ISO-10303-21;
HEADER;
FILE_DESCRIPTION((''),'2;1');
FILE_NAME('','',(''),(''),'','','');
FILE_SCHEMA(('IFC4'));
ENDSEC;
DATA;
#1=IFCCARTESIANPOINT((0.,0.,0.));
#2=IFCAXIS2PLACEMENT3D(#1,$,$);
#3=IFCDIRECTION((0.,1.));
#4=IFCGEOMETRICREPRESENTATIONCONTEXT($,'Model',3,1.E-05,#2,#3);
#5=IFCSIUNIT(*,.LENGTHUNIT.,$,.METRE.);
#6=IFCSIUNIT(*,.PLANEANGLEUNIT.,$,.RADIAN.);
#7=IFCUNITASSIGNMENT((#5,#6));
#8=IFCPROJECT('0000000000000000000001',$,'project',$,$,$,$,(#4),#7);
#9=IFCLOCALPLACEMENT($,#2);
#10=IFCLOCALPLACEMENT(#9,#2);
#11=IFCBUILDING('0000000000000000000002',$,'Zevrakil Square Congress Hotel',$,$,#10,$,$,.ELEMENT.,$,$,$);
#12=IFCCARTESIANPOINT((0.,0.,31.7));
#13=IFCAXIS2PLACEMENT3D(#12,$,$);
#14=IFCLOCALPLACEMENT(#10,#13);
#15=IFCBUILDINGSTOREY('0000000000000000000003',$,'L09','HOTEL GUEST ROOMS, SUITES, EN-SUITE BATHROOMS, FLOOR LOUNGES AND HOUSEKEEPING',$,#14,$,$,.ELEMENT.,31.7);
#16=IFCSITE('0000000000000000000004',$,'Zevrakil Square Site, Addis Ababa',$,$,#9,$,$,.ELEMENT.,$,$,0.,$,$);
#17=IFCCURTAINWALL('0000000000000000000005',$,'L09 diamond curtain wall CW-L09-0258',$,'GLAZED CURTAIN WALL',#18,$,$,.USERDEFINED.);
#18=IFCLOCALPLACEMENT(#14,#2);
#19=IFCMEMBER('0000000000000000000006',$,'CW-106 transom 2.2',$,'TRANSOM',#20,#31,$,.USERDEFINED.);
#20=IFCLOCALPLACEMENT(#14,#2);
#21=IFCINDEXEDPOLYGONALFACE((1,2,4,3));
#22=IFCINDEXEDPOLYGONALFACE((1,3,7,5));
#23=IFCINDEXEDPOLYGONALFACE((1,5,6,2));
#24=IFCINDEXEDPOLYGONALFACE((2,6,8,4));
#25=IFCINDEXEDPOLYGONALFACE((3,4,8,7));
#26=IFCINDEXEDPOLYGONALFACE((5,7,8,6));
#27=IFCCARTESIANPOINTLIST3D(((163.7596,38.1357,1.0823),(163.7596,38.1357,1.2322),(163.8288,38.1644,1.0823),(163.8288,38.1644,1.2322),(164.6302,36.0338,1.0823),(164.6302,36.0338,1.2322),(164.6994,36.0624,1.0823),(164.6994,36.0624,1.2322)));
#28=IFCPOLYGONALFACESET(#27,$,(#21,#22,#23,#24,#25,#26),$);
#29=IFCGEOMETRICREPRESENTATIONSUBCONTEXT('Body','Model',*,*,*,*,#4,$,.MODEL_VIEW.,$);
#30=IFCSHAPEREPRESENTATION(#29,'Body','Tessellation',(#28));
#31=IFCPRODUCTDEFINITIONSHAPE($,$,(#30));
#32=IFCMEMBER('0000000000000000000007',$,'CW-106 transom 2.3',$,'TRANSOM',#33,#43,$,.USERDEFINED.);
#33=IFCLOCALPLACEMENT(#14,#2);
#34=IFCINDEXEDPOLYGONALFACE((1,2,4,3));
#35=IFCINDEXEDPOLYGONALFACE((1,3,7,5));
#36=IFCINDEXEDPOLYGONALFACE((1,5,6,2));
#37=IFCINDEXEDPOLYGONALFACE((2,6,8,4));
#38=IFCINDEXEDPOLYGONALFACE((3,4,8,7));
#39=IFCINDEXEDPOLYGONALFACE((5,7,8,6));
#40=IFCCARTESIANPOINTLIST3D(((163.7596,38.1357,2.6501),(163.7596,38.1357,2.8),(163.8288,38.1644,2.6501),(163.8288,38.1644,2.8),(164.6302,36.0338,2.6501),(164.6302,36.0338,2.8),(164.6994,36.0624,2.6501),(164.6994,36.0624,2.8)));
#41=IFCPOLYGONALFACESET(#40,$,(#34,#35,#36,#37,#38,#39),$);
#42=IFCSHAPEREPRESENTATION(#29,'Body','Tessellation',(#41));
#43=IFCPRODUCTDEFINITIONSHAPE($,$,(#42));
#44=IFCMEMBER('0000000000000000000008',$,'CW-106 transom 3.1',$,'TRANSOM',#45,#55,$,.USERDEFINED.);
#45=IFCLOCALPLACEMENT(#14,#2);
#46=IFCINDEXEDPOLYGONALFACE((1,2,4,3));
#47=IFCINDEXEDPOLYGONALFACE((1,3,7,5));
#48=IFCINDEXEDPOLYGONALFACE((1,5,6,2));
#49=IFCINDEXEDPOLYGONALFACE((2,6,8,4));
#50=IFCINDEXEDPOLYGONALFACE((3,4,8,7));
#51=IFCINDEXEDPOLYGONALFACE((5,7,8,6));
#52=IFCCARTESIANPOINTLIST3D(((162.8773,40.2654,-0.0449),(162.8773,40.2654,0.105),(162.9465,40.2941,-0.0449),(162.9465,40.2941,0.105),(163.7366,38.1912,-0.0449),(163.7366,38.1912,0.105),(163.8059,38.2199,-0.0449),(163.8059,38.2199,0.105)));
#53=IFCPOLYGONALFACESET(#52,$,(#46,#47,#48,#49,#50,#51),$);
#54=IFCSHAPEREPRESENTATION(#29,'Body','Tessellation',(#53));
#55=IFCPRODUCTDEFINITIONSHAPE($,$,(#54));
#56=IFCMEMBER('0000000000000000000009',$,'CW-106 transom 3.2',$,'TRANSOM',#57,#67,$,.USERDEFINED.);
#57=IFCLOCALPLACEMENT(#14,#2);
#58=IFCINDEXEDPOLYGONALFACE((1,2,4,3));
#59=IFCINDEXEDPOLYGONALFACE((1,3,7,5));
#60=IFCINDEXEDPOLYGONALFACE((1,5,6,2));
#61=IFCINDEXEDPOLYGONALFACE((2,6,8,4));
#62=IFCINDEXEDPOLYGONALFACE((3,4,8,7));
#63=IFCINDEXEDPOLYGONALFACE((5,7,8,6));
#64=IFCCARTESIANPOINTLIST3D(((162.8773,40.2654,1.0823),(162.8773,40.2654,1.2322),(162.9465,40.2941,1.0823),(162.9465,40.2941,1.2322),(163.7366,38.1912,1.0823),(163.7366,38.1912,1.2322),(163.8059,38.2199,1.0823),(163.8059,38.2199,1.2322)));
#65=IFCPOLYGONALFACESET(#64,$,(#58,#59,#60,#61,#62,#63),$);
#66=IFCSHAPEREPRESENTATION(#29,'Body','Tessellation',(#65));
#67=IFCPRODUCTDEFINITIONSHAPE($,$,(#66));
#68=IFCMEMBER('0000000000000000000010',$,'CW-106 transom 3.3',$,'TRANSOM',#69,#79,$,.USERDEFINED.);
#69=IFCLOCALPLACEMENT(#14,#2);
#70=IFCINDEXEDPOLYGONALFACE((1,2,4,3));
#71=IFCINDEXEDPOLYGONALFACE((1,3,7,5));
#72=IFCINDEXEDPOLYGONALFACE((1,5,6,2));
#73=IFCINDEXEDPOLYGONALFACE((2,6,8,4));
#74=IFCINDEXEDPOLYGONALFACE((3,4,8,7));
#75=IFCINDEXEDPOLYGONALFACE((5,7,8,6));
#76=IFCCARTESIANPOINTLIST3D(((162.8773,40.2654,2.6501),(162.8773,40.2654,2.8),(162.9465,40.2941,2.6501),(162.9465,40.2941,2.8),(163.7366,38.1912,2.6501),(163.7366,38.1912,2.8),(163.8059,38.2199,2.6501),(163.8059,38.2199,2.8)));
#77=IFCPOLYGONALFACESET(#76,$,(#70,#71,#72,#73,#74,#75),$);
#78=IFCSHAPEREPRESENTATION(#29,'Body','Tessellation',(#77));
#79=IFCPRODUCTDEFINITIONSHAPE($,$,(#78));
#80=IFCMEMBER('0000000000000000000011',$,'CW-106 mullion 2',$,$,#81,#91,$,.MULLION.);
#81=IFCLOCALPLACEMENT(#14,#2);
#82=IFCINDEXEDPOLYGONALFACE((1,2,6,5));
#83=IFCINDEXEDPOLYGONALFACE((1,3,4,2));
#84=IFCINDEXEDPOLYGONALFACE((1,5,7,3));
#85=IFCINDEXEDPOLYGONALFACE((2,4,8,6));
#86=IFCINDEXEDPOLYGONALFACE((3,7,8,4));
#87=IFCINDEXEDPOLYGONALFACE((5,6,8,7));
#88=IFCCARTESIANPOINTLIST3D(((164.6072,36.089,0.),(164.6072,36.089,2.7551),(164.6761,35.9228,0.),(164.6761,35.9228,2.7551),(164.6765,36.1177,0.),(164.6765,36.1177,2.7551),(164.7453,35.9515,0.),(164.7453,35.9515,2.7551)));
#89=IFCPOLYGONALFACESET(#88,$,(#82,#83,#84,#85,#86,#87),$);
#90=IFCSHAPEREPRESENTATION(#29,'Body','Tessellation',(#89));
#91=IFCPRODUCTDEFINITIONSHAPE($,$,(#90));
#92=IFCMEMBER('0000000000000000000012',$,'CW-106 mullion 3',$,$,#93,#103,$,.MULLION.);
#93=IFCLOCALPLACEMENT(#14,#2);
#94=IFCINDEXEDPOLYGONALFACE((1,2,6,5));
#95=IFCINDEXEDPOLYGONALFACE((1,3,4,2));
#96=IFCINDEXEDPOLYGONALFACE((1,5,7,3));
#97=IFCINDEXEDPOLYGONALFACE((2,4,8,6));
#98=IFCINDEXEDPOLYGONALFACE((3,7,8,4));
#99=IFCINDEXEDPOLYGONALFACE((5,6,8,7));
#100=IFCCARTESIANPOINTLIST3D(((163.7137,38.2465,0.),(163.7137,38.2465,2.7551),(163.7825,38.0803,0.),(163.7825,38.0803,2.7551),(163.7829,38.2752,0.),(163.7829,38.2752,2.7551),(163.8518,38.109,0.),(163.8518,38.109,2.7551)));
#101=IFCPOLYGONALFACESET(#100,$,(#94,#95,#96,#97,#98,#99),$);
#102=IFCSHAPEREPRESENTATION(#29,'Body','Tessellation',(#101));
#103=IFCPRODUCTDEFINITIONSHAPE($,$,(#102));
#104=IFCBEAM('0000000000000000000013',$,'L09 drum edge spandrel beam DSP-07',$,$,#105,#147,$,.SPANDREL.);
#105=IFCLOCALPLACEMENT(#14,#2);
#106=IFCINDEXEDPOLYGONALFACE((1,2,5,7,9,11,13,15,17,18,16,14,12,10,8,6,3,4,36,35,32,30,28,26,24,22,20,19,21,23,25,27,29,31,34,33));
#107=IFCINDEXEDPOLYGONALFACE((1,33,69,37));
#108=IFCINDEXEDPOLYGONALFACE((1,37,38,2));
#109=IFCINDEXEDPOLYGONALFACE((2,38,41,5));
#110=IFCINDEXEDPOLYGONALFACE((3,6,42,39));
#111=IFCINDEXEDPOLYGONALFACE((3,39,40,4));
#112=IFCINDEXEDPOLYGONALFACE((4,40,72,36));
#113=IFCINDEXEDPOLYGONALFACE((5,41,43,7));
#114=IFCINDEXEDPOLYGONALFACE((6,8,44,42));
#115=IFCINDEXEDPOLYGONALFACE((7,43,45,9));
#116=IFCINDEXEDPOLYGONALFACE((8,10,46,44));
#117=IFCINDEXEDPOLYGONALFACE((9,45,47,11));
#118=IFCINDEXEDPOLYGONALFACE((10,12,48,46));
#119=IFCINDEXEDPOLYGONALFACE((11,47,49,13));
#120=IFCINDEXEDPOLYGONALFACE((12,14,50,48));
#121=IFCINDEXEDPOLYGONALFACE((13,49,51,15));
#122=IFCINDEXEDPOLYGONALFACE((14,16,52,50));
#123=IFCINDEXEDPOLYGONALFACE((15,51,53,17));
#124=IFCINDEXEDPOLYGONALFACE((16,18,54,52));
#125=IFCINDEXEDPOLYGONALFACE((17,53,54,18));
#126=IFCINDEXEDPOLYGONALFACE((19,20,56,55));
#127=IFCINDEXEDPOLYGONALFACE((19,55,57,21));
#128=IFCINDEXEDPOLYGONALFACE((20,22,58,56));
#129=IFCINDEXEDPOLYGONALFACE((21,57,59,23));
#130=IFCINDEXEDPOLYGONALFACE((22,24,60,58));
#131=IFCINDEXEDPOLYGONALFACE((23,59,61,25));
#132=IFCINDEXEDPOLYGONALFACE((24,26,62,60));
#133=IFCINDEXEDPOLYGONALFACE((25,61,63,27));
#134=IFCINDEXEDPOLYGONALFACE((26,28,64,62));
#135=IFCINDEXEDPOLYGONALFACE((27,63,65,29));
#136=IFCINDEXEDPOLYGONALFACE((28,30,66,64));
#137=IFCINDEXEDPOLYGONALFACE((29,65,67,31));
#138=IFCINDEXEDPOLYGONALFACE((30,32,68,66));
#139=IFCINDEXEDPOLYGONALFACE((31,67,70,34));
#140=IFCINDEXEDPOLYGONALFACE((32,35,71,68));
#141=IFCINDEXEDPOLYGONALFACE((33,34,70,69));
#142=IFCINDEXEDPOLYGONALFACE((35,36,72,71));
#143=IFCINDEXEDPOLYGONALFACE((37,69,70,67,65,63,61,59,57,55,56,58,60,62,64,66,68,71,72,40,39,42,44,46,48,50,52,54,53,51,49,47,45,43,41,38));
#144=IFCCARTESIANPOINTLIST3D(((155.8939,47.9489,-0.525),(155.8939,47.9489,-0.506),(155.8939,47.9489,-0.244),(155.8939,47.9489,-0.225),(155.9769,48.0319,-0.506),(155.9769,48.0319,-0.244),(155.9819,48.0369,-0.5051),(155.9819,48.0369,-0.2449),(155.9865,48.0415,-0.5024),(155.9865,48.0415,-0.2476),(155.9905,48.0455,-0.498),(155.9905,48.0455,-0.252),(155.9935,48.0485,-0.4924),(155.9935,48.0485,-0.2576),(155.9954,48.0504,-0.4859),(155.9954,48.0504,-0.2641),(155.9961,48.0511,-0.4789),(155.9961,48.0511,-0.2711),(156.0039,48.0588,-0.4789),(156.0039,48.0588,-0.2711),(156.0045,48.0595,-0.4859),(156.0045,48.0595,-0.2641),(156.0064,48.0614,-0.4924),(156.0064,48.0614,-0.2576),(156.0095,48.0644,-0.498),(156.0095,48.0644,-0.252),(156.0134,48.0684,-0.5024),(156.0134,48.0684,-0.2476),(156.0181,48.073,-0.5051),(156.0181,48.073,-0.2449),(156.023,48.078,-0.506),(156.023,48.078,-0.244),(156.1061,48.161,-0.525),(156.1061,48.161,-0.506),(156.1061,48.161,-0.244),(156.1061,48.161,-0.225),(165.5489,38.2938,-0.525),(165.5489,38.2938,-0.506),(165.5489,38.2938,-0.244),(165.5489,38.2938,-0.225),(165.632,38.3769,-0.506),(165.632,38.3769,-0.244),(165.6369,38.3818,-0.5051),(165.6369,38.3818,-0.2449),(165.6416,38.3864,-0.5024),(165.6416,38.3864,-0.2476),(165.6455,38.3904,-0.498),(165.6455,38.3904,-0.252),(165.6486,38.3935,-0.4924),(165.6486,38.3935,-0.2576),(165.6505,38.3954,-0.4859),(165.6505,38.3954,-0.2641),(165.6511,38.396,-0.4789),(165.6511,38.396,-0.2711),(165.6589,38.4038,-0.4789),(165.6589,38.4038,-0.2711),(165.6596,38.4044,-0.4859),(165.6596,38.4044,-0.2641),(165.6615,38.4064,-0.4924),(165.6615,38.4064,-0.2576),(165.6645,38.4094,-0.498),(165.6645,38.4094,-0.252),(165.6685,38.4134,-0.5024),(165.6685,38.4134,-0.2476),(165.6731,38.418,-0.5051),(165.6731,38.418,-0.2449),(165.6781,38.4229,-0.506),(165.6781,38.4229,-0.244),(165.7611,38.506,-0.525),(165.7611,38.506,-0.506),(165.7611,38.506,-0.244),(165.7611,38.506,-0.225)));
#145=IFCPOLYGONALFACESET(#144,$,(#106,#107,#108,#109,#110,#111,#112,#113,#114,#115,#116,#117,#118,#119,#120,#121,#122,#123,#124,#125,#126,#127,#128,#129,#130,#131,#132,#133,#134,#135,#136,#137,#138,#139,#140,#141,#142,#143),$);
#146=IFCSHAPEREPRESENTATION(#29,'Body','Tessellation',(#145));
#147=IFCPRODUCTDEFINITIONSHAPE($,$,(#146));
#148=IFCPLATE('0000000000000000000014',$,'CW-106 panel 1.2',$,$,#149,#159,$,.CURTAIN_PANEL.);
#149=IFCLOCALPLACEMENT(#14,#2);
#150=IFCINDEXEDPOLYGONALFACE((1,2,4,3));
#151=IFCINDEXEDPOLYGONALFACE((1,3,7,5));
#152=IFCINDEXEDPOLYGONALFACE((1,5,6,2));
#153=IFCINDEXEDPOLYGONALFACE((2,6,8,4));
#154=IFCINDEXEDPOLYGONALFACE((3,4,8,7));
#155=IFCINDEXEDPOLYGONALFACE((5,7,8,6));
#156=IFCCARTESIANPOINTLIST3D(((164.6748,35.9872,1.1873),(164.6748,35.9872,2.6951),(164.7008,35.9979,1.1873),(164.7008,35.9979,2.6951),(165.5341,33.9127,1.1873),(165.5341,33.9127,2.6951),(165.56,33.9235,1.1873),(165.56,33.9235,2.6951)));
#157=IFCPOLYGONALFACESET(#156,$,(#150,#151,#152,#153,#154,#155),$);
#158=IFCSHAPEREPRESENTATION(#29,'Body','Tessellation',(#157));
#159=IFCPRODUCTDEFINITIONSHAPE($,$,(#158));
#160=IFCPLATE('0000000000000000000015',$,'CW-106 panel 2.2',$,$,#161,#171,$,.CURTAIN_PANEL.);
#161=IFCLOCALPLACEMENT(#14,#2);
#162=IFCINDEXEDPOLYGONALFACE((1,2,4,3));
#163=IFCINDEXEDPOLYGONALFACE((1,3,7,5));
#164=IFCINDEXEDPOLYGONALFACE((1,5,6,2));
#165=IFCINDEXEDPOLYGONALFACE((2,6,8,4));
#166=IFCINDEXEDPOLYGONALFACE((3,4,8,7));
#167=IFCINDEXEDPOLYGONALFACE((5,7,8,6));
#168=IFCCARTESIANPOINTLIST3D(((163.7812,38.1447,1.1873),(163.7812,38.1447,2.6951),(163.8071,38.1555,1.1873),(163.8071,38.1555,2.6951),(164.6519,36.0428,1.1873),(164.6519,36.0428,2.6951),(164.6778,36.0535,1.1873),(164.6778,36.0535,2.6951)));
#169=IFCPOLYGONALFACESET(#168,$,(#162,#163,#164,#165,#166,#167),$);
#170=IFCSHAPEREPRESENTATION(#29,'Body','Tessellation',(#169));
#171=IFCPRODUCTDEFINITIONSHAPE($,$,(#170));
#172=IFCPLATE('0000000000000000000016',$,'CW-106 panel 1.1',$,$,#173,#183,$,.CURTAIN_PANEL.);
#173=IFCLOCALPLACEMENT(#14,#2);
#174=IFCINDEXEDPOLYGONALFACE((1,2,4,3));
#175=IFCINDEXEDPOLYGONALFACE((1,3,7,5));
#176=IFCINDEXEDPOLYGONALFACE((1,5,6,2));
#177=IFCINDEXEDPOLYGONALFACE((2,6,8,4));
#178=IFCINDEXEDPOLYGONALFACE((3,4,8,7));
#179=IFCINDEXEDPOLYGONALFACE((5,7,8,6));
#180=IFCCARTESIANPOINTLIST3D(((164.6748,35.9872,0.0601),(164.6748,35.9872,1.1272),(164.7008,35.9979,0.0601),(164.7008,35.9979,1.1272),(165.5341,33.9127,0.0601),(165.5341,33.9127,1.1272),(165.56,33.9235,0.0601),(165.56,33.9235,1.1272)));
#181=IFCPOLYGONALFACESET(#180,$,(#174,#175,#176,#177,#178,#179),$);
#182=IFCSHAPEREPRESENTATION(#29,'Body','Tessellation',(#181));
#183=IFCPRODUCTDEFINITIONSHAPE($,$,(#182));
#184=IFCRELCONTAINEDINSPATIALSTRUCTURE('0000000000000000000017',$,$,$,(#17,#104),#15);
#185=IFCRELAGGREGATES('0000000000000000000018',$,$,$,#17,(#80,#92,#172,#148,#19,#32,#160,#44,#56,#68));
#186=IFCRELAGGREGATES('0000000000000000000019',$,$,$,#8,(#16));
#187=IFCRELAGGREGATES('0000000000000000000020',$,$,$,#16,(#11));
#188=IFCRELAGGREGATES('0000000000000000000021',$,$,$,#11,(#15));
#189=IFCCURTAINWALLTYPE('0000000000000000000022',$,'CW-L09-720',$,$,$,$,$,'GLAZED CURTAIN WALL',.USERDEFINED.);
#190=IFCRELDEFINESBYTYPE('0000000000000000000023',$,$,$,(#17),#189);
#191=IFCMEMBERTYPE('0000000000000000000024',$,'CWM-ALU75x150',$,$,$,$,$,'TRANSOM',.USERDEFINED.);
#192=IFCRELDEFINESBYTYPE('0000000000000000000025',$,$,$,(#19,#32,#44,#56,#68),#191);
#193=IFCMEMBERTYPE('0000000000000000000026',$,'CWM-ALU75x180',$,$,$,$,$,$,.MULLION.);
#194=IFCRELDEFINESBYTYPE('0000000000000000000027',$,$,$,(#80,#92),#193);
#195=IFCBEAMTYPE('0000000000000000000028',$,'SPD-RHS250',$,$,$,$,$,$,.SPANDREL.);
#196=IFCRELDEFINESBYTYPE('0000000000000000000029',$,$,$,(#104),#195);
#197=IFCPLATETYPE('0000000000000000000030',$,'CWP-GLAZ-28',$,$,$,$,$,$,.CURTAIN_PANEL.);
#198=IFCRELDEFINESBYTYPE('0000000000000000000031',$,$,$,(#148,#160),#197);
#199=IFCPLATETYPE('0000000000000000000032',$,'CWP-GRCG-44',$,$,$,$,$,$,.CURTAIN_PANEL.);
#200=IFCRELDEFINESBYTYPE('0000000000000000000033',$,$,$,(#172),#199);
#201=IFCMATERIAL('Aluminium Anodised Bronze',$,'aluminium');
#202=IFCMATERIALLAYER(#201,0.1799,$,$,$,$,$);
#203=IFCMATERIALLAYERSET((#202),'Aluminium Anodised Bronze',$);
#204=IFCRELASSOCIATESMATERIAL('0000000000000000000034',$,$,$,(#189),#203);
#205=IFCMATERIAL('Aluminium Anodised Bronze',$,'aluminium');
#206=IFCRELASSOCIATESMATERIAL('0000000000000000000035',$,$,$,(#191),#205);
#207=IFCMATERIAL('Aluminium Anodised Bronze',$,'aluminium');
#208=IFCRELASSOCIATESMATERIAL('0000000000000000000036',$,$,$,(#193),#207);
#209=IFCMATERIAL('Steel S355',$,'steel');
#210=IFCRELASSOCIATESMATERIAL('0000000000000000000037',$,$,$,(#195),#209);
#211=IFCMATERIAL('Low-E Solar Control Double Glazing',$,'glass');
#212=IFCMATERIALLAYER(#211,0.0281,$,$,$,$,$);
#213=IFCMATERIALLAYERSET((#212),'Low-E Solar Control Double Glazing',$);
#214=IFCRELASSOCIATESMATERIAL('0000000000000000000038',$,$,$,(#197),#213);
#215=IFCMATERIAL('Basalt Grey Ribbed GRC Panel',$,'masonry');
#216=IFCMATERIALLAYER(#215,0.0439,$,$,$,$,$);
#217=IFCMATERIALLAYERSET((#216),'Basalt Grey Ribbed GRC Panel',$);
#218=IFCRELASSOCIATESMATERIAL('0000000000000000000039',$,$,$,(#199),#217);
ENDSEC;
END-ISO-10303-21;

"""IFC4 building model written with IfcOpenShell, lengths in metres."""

from ifc_helpers import new_model, si_unit, direction, frame, origin, origin_2d, place, context, subcontext, project, spatial, rectangle, i_section, extrude, material, layer, layer_set, material_profile, profile_set, type_object, element, aggregate, save


model = new_model("IFC4")

# Units and contexts
model_context = context("Model", 3, precision=1e-05, world=origin(), true_north=direction((0.0, 1.0)))
body_context = subcontext(model_context, "Body", "Model", "MODEL_VIEW")
ifc_project = project(units=[si_unit("LENGTHUNIT", "METRE"), si_unit("PLANEANGLEUNIT", "RADIAN")], contexts=[model_context])

# Site, building, storey
site_placement = place(None, origin())
site = spatial("IfcSite", under=ifc_project, at=site_placement, Name="Zevrakil Square Site, Addis Ababa", CompositionType="ELEMENT", RefElevation=0.0)
building_placement = place(site_placement, origin())
building = spatial("IfcBuilding", under=site, at=building_placement, Name="Zevrakil Square Congress Hotel", CompositionType="ELEMENT")
storey_placement = place(building_placement, frame((0.0, 0.0, 31.7)))
storey = spatial("IfcBuildingStorey", under=building, at=storey_placement, Name="L09", Description="HOTEL GUEST ROOMS, SUITES, EN-SUITE BATHROOMS, FLOOR LOUNGES AND HOUSEKEEPING", CompositionType="ELEMENT", Elevation=31.7)

# Curtain wall, members
ifc_material_1 = material(Name="Aluminium Anodised Bronze", Category="aluminium")
ifc_layer_1 = layer(ifc_material_1, 0.1799)
ifc_layer_set_1 = layer_set([ifc_layer_1], Name="Aluminium Anodised Bronze")
curtain_wall_type = type_object("IfcCurtainWallType", Name="CW-L09-720", ElementType="GLAZED CURTAIN WALL", PredefinedType="USERDEFINED", material=ifc_layer_set_1)
curtain_wall_placement = place(storey_placement, origin())
curtain_wall = element("IfcCurtainWall", 1, at=curtain_wall_placement, inside=storey, type_object=curtain_wall_type, Name="L09 diamond curtain wall CW-L09-0258", ObjectType="GLAZED CURTAIN WALL", PredefinedType="USERDEFINED")
ifc_material_2 = material(Name="Aluminium Anodised Bronze", Category="aluminium")
ifc_material_profile_1 = material_profile(ifc_material_2, rectangle(XDim=0.075, YDim=0.1499, at=origin_2d()), Name="ALU 75x150")
ifc_profile_set_1 = profile_set([ifc_material_profile_1], Name="Aluminium Anodised Bronze")
member_type_1 = type_object("IfcMemberType", Name="CWM-ALU75x150", ElementType="TRANSOM", PredefinedType="USERDEFINED", material=ifc_profile_set_1)
member_1_placement = place(storey_placement, frame((164.6648, 36.0481, 1.1572), z_axis=(-0.382649, 0.923894, 0.0), x_axis=(-0.923894, -0.382649, 0.0)))
member_1 = element("IfcMember", 2, at=member_1_placement, type_object=member_type_1, Name="CW-106 transom 2.2", ObjectType="TRANSOM", PredefinedType="USERDEFINED", context=body_context, shape_type="SweptSolid", body=[
    extrude(rectangle(XDim=0.075, YDim=0.1499, at=origin_2d()), origin(), (0.0, 0.0, 1.0), 2.2751),
])
member_2_placement = place(storey_placement, frame((164.6648, 36.0481, 2.7251), z_axis=(-0.382649, 0.923894, 0.0), x_axis=(-0.923894, -0.382649, 0.0)))
member_2 = element("IfcMember", 3, at=member_2_placement, type_object=member_type_1, Name="CW-106 transom 2.3", ObjectType="TRANSOM", PredefinedType="USERDEFINED", context=body_context, shape_type="SweptSolid", body=[
    extrude(rectangle(XDim=0.075, YDim=0.1499, at=origin_2d()), origin(), (0.0, 0.0, 1.0), 2.2751),
])
member_3_placement = place(storey_placement, frame((163.7712, 38.2056, 0.03), z_axis=(-0.382762, 0.923847, 0.0), x_axis=(-0.923847, -0.382762, 0.0)))
member_3 = element("IfcMember", 4, at=member_3_placement, type_object=member_type_1, Name="CW-106 transom 3.1", ObjectType="TRANSOM", PredefinedType="USERDEFINED", context=body_context, shape_type="SweptSolid", body=[
    extrude(rectangle(XDim=0.075, YDim=0.1499, at=origin_2d()), origin(), (0.0, 0.0, 1.0), 2.2451),
])
member_4_placement = place(storey_placement, frame((163.7712, 38.2056, 1.1572), z_axis=(-0.382762, 0.923847, 0.0), x_axis=(-0.923847, -0.382762, 0.0)))
member_4 = element("IfcMember", 5, at=member_4_placement, type_object=member_type_1, Name="CW-106 transom 3.2", ObjectType="TRANSOM", PredefinedType="USERDEFINED", context=body_context, shape_type="SweptSolid", body=[
    extrude(rectangle(XDim=0.075, YDim=0.1499, at=origin_2d()), origin(), (0.0, 0.0, 1.0), 2.2451),
])
member_5_placement = place(storey_placement, frame((163.7712, 38.2056, 2.7251), z_axis=(-0.382762, 0.923847, 0.0), x_axis=(-0.923847, -0.382762, 0.0)))
member_5 = element("IfcMember", 6, at=member_5_placement, type_object=member_type_1, Name="CW-106 transom 3.3", ObjectType="TRANSOM", PredefinedType="USERDEFINED", context=body_context, shape_type="SweptSolid", body=[
    extrude(rectangle(XDim=0.075, YDim=0.1499, at=origin_2d()), origin(), (0.0, 0.0, 1.0), 2.2451),
])
ifc_material_3 = material(Name="Aluminium Anodised Bronze", Category="aluminium")
ifc_material_profile_2 = material_profile(ifc_material_3, rectangle(XDim=0.075, YDim=0.1799, at=origin_2d()), Name="ALU 75x180")
ifc_profile_set_2 = profile_set([ifc_material_profile_2], Name="Aluminium Anodised Bronze")
member_type_2 = type_object("IfcMemberType", Name="CWM-ALU75x180", PredefinedType="MULLION", material=ifc_profile_set_2)
member_6_placement = place(storey_placement, frame((164.6763, 36.0203, 0.0), z_axis=(0.0, 0.0, 1.0), x_axis=(-0.923879, -0.382684, 0.0)))
member_6 = element("IfcMember", 7, at=member_6_placement, type_object=member_type_2, Name="CW-106 mullion 2", PredefinedType="MULLION", context=body_context, shape_type="SweptSolid", body=[
    extrude(rectangle(XDim=0.075, YDim=0.1799, at=origin_2d()), origin(), (0.0, 0.0, 1.0), 2.7551),
])
member_7_placement = place(storey_placement, frame((163.7827, 38.1777, 0.0), z_axis=(0.0, 0.0, 1.0), x_axis=(-0.923879, -0.382684, 0.0)))
member_7 = element("IfcMember", 8, at=member_7_placement, type_object=member_type_2, Name="CW-106 mullion 3", PredefinedType="MULLION", context=body_context, shape_type="SweptSolid", body=[
    extrude(rectangle(XDim=0.075, YDim=0.1799, at=origin_2d()), origin(), (0.0, 0.0, 1.0), 2.7551),
])

# Beam
ifc_material_4 = material(Name="Steel S355", Category="steel")
ifc_material_profile_3 = material_profile(ifc_material_4, i_section(OverallWidth=0.3, OverallDepth=0.3, WebThickness=0.011, FlangeThickness=0.019, FilletRadius=0.0271, at=origin_2d()), Name="HEB 300")
ifc_profile_set_3 = profile_set([ifc_material_profile_3], Name="Steel S355")
beam_type_1 = type_object("IfcBeamType", Name="SPD-RHS250", PredefinedType="SPANDREL", material=ifc_profile_set_3)
beam_1_placement = place(storey_placement, frame((165.655, 38.3999, -0.375), z_axis=(-0.707107, 0.707107, 0.0), x_axis=(-0.707107, -0.707107, 0.0)))
element("IfcBeam", 9, at=beam_1_placement, inside=storey, type_object=beam_type_1, Name="L09 drum edge spandrel beam DSP-07", PredefinedType="SPANDREL", context=body_context, shape_type="SweptSolid", body=[
    extrude(i_section(OverallWidth=0.3, OverallDepth=0.3, WebThickness=0.011, FlangeThickness=0.019, FilletRadius=0.0271, at=origin_2d()), origin(), (0.0, 0.0, 1.0), 13.6543),
])

# Plates
ifc_material_5 = material(Name="Low-E Solar Control Double Glazing", Category="glass")
ifc_layer_2 = layer(ifc_material_5, 0.0281)
ifc_layer_set_2 = layer_set([ifc_layer_2], Name="Low-E Solar Control Double Glazing")
plate_type_1 = type_object("IfcPlateType", Name="CWP-GLAZ-28", PredefinedType="CURTAIN_PANEL", material=ifc_layer_set_2)
plate_1_placement = place(storey_placement, frame((165.1174, 34.9553, 1.1873), z_axis=(0.0, 0.0, 1.0), x_axis=(-0.382684, 0.923879, 0.0)))
plate_1 = element("IfcPlate", 10, at=plate_1_placement, type_object=plate_type_1, Name="CW-106 panel 1.2", PredefinedType="CURTAIN_PANEL", context=body_context, shape_type="SweptSolid", body=[
    extrude(rectangle(XDim=2.2454, YDim=0.0281, at=origin_2d()), origin(), (0.0, 0.0, 1.0), 1.5078),
])
plate_2_placement = place(storey_placement, frame((164.2295, 37.0991, 1.1873), z_axis=(0.0, 0.0, 1.0), x_axis=(-0.382684, 0.923879, 0.0)))
plate_2 = element("IfcPlate", 11, at=plate_2_placement, type_object=plate_type_1, Name="CW-106 panel 2.2", PredefinedType="CURTAIN_PANEL", context=body_context, shape_type="SweptSolid", body=[
    extrude(rectangle(XDim=2.2751, YDim=0.0281, at=origin_2d()), origin(), (0.0, 0.0, 1.0), 1.5078),
])
ifc_material_6 = material(Name="Basalt Grey Ribbed GRC Panel", Category="masonry")
ifc_layer_3 = layer(ifc_material_6, 0.0439)
ifc_layer_set_3 = layer_set([ifc_layer_3], Name="Basalt Grey Ribbed GRC Panel")
plate_type_2 = type_object("IfcPlateType", Name="CWP-GRCG-44", PredefinedType="CURTAIN_PANEL", material=ifc_layer_set_3)
plate_3_placement = place(storey_placement, frame((165.1174, 34.9553, 0.0601), z_axis=(0.0, 0.0, 1.0), x_axis=(-0.382684, 0.923879, 0.0)))
plate_3 = element("IfcPlate", 12, at=plate_3_placement, type_object=plate_type_2, Name="CW-106 panel 1.1", PredefinedType="CURTAIN_PANEL", context=body_context, shape_type="SweptSolid", body=[
    extrude(rectangle(XDim=2.2454, YDim=0.0281, at=origin_2d()), origin(), (0.0, 0.0, 1.0), 1.0671),
])
aggregate(curtain_wall, [member_6, member_7, plate_3, plate_1, member_1, member_2, plate_2, member_3, member_4, member_5])

save(model, "model.ifc")
